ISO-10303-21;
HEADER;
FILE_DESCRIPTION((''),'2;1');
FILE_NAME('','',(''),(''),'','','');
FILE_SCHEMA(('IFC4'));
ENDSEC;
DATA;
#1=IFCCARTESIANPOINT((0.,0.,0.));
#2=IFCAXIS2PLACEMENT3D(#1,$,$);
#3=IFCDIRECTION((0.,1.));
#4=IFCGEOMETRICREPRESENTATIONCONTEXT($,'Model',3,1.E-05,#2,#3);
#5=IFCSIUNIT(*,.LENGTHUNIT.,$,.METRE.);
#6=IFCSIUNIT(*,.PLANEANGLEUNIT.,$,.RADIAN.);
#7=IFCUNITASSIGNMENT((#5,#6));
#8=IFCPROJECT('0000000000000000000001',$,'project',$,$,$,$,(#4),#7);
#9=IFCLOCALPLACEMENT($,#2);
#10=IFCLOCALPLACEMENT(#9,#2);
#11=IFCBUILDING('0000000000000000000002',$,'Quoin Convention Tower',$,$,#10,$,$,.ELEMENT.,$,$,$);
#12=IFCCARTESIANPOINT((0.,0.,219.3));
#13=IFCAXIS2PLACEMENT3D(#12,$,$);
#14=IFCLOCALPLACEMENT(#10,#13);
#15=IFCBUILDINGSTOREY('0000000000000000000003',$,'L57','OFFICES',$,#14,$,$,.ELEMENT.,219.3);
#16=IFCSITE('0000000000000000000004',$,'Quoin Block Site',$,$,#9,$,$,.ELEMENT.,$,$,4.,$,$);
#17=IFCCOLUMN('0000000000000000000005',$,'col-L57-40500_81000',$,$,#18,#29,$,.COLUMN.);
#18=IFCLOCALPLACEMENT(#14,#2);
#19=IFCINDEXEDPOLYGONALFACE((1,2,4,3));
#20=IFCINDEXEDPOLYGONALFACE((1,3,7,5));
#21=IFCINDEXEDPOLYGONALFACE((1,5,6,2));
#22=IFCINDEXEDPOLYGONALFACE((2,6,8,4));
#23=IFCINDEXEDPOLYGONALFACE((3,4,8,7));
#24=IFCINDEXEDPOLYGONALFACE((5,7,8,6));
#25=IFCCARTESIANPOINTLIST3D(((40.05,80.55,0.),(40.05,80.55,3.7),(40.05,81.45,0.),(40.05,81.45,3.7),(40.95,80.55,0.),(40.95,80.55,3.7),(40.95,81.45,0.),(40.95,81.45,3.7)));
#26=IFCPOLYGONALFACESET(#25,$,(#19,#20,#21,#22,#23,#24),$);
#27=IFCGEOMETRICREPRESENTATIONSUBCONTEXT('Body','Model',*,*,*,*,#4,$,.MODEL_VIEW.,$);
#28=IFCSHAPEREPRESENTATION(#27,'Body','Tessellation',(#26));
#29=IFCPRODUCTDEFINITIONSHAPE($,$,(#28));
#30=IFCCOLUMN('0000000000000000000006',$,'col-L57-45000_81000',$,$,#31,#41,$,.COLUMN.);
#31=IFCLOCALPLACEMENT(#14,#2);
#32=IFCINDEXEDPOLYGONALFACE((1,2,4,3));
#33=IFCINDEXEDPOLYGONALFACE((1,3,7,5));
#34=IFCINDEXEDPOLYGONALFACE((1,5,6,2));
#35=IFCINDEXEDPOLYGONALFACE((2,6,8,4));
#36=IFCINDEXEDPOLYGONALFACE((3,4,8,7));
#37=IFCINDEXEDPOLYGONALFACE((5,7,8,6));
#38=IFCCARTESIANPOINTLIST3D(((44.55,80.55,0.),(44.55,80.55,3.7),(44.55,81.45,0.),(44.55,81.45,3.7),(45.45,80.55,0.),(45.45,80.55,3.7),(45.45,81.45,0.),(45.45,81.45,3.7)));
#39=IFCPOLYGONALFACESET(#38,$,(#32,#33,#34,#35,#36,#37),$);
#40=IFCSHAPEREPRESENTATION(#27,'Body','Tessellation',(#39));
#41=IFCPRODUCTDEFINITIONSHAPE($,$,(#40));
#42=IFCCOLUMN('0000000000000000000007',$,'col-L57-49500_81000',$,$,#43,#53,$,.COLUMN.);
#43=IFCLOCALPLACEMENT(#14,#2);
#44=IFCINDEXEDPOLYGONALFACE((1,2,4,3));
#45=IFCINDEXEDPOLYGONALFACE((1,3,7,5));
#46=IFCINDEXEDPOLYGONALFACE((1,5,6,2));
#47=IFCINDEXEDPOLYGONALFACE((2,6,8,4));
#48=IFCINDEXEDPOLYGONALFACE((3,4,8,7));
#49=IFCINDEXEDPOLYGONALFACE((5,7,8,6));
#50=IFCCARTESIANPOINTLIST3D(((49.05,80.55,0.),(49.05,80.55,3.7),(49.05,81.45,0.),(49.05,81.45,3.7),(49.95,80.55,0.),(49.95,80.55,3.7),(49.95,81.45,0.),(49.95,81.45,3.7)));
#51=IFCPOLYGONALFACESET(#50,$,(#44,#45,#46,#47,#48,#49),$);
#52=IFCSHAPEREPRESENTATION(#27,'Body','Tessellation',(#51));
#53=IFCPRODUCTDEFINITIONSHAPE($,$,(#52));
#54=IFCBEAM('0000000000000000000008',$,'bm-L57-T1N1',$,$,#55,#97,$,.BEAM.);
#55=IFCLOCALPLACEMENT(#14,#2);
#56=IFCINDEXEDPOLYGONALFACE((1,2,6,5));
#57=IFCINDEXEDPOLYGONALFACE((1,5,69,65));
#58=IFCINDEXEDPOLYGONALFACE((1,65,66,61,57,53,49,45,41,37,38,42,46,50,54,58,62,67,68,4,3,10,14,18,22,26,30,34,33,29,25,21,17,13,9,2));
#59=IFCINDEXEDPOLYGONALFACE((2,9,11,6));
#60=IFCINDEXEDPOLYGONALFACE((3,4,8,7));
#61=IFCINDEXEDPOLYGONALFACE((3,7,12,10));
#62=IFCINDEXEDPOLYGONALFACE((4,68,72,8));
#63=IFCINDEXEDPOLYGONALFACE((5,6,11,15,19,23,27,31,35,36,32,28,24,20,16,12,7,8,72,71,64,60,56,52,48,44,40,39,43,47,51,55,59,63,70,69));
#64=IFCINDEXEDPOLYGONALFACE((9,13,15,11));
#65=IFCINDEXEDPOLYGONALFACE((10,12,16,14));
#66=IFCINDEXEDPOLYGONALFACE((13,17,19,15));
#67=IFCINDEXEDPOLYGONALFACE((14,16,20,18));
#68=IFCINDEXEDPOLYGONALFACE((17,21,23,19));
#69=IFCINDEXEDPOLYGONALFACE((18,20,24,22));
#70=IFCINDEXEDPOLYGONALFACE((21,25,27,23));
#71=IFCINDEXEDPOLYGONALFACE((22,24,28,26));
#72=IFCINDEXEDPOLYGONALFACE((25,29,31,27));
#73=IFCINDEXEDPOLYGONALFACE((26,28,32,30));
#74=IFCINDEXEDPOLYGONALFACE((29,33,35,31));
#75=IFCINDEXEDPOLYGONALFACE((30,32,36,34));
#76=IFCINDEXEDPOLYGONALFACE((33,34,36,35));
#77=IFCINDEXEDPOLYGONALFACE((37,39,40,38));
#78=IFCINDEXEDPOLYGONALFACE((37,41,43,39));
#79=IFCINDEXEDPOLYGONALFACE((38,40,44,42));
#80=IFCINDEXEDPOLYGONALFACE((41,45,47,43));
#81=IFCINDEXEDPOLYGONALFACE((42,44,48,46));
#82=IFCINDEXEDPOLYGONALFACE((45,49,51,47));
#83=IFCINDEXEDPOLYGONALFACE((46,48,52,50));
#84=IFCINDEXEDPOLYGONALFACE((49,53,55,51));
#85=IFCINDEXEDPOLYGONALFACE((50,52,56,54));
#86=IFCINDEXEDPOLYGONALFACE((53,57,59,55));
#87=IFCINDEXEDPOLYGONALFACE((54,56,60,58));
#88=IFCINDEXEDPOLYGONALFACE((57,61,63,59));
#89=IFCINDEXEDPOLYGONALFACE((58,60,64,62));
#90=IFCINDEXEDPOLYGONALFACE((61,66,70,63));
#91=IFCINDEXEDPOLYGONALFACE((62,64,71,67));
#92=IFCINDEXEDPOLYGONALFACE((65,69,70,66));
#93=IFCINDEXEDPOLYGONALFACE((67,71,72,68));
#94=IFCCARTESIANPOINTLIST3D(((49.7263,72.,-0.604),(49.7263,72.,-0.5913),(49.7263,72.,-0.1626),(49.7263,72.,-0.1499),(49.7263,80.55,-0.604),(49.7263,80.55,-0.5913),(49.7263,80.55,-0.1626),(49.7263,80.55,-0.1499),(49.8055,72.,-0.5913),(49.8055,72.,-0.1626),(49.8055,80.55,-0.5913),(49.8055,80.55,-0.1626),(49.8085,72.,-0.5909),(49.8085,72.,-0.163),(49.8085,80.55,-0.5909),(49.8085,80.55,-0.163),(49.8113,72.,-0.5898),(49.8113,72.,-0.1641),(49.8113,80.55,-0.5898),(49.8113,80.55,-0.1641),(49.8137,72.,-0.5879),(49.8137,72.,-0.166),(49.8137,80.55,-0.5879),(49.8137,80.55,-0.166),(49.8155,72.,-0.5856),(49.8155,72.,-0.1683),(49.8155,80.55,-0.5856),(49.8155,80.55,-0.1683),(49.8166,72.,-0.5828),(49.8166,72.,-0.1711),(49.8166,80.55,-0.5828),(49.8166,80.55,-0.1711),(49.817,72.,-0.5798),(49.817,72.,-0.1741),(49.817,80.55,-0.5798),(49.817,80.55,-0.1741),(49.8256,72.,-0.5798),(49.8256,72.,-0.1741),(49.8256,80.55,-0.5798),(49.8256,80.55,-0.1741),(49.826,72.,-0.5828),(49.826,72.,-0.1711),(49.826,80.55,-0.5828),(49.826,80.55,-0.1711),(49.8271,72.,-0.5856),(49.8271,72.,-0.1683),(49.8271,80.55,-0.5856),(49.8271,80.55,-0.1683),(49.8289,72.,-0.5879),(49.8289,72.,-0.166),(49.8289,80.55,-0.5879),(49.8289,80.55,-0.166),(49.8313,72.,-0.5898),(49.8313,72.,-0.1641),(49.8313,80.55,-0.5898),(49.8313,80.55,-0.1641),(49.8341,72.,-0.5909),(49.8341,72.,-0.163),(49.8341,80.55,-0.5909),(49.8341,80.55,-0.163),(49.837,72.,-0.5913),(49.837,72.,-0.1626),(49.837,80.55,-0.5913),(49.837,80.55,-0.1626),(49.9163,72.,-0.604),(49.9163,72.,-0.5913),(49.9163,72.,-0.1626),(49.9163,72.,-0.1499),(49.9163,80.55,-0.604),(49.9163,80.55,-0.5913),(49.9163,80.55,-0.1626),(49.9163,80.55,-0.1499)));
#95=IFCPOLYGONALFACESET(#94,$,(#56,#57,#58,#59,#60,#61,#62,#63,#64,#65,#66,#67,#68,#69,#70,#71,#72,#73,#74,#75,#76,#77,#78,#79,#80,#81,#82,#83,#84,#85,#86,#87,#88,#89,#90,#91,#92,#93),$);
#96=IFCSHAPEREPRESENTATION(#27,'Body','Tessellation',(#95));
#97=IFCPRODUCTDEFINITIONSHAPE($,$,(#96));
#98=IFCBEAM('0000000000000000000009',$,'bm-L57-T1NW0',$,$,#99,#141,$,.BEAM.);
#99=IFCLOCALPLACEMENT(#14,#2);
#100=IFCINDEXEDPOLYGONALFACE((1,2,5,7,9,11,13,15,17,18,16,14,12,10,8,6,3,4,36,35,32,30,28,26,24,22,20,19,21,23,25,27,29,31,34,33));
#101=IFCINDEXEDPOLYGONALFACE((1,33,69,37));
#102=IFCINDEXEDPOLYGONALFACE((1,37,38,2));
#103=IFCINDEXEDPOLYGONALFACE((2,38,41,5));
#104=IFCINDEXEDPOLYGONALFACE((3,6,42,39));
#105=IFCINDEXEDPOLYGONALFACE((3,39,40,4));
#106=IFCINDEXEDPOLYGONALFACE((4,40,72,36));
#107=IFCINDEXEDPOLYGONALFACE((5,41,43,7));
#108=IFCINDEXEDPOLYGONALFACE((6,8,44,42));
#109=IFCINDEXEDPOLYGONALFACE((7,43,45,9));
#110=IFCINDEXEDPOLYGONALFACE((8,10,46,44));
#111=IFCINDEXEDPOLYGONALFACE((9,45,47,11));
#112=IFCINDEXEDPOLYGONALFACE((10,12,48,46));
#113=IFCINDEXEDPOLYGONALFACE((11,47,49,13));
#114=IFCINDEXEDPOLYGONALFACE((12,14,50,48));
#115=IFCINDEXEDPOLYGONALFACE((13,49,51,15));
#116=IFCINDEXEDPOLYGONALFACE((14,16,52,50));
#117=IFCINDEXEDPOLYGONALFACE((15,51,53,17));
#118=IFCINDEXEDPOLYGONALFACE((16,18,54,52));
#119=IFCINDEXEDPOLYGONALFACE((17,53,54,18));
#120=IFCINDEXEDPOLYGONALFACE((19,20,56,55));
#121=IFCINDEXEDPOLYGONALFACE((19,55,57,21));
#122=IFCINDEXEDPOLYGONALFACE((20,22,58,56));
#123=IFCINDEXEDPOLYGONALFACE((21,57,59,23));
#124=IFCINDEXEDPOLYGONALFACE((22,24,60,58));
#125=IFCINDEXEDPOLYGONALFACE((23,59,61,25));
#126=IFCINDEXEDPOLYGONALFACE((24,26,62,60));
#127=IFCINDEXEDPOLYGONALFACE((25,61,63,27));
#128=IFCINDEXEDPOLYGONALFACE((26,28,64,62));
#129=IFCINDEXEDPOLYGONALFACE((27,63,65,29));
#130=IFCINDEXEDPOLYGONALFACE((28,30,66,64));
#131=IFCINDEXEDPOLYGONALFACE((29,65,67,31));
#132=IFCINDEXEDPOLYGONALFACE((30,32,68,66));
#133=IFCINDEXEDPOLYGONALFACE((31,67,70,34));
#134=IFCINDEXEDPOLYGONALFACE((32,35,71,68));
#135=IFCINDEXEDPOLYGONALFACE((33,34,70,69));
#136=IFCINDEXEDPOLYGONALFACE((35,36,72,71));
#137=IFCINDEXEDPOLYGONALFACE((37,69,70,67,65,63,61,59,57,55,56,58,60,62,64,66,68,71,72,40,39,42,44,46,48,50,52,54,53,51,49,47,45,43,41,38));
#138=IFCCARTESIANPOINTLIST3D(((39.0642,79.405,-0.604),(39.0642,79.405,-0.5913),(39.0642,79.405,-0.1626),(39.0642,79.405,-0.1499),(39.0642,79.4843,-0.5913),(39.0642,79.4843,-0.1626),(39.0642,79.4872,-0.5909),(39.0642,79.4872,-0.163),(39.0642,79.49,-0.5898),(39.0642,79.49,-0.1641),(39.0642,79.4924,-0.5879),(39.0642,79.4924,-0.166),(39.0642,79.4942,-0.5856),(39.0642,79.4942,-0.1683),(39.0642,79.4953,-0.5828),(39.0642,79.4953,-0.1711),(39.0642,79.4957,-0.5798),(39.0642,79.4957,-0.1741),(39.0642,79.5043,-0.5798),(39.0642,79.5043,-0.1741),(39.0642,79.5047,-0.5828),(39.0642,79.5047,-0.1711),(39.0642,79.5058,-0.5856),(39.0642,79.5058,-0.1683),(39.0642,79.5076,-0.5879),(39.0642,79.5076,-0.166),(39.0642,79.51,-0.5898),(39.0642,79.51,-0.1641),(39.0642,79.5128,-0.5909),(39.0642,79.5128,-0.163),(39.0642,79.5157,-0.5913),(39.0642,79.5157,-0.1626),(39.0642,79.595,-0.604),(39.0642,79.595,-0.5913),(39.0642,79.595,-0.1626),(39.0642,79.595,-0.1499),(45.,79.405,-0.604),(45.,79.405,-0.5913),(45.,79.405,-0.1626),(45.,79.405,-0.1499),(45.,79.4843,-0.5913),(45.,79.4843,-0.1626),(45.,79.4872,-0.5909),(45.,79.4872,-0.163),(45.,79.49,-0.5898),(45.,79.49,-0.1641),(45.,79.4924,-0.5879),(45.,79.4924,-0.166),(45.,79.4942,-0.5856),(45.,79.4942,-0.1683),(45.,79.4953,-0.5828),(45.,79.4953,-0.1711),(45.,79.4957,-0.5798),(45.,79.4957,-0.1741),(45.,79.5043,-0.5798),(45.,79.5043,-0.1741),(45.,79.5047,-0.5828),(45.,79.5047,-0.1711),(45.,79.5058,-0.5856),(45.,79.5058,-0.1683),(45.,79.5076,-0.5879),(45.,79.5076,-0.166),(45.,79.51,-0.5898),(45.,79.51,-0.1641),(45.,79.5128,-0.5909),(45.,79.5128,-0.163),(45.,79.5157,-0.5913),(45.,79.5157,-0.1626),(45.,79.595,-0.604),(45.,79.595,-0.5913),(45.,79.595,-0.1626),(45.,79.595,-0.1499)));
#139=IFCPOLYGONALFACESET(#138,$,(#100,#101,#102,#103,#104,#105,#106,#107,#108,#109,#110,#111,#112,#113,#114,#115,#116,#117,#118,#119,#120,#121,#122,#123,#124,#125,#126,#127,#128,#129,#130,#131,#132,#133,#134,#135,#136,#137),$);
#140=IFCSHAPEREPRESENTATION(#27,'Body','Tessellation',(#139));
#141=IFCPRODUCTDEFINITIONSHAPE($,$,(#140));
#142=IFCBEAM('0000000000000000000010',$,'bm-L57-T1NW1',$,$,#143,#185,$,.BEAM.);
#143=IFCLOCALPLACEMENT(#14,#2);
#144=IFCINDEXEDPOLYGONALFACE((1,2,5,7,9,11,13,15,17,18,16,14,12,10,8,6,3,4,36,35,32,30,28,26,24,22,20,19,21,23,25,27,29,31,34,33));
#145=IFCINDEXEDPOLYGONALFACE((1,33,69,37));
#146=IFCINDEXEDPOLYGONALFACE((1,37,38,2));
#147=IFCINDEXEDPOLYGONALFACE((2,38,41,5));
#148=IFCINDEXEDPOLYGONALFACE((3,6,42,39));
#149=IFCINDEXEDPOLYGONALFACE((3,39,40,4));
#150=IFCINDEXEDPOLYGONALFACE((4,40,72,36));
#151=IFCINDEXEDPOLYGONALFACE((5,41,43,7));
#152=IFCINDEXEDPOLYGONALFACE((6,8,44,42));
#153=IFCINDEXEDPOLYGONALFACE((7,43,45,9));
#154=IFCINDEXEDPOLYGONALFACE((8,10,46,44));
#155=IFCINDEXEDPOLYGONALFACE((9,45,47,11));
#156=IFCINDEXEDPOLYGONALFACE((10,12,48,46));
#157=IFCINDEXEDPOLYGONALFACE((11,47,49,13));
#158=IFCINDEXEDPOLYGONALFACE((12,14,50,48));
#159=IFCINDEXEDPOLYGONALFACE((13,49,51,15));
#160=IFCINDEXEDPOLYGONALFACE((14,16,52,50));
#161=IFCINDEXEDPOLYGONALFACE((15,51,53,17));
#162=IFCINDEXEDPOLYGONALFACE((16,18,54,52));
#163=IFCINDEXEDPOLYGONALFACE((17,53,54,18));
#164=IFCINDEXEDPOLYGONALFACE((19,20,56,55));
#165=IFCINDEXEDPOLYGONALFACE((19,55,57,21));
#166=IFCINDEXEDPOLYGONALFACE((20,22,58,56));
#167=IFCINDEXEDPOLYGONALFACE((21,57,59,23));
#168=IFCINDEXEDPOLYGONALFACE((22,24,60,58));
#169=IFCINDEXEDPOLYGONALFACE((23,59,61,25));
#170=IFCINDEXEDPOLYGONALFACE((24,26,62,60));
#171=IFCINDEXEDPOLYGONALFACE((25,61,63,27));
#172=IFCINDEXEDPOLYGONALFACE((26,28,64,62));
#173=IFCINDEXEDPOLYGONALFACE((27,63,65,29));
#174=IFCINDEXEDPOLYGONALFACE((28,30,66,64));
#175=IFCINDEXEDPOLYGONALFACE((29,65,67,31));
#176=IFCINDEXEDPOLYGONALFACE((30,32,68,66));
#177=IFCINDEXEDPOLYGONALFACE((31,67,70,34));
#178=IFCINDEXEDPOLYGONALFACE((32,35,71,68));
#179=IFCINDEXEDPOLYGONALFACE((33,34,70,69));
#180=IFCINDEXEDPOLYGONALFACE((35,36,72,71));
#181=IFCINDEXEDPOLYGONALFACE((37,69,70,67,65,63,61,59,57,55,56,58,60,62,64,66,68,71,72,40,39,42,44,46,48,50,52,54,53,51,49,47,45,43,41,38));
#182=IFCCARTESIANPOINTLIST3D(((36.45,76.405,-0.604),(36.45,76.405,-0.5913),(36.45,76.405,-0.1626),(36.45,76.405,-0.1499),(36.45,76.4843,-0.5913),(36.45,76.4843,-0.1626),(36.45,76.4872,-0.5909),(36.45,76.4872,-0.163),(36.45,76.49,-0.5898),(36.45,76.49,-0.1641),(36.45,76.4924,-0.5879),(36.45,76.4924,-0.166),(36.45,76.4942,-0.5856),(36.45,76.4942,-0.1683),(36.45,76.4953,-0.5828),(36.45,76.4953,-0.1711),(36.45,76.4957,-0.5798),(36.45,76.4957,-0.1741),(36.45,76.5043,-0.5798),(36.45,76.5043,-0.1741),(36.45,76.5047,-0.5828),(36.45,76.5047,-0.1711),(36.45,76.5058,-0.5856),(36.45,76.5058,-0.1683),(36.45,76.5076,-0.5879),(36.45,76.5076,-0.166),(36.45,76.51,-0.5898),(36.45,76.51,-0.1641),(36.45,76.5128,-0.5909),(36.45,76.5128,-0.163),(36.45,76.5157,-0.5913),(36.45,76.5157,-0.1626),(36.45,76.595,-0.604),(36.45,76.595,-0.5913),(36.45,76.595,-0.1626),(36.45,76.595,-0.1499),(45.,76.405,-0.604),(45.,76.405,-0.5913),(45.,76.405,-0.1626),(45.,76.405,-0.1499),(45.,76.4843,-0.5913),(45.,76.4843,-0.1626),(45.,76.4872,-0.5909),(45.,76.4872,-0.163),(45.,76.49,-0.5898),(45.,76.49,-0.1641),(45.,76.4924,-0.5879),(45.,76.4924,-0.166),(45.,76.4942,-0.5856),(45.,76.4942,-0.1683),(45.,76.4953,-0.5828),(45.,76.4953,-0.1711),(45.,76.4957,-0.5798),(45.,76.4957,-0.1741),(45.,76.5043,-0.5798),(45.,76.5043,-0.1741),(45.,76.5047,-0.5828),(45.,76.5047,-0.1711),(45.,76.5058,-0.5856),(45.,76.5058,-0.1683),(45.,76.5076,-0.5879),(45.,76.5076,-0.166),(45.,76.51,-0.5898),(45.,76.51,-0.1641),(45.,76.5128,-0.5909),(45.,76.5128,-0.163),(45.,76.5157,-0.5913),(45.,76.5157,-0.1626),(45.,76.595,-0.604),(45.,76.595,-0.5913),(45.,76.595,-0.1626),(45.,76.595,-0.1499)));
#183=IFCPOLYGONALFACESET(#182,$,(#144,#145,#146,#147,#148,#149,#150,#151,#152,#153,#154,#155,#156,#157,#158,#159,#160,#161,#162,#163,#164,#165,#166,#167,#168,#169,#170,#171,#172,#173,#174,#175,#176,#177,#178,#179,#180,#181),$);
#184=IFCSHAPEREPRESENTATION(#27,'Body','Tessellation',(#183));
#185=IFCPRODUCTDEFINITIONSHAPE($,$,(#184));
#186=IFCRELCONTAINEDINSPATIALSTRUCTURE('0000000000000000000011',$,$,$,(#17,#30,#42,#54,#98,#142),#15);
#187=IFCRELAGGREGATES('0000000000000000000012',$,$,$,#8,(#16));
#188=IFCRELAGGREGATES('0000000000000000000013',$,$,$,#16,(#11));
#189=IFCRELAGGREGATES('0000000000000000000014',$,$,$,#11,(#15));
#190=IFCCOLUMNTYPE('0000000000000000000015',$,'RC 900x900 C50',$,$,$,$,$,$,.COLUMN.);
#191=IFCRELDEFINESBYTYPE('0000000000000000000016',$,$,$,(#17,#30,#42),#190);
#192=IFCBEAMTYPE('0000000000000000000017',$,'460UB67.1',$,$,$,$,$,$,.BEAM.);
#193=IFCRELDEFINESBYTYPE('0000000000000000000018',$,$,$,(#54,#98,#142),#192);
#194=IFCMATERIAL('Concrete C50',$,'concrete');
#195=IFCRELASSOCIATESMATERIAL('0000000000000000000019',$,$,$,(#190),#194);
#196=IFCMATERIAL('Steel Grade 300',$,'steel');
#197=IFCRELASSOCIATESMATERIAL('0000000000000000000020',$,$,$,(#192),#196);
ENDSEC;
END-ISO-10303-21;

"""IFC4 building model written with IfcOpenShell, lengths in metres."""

from ifc_helpers import new_model, si_unit, direction, frame, origin, origin_2d, place, context, subcontext, project, spatial, rectangle, i_section, extrude, material, material_profile, profile_set, type_object, element, save


model = new_model("IFC4")

# Units and contexts
model_context = context("Model", 3, precision=1e-05, world=origin(), true_north=direction((0.0, 1.0)))
body_context = subcontext(model_context, "Body", "Model", "MODEL_VIEW")
ifc_project = project(units=[si_unit("LENGTHUNIT", "METRE"), si_unit("PLANEANGLEUNIT", "RADIAN")], contexts=[model_context])

# Site, building, storey
site_placement = place(None, origin())
site = spatial("IfcSite", under=ifc_project, at=site_placement, Name="Quoin Block Site", CompositionType="ELEMENT", RefElevation=4.0)
building_placement = place(site_placement, origin())
building = spatial("IfcBuilding", under=site, at=building_placement, Name="Quoin Convention Tower", CompositionType="ELEMENT")
storey_placement = place(building_placement, frame((0.0, 0.0, 219.3)))
storey = spatial("IfcBuildingStorey", under=building, at=storey_placement, Name="L57", Description="OFFICES", CompositionType="ELEMENT", Elevation=219.3)

# Columns
ifc_material_1 = material(Name="Concrete C50", Category="concrete")
ifc_material_profile_1 = material_profile(ifc_material_1, rectangle(XDim=0.8999, YDim=0.8999, at=origin_2d()), Name="RC 900x900")
ifc_profile_set_1 = profile_set([ifc_material_profile_1], Name="Concrete C50")
column_type = type_object("IfcColumnType", Name="RC 900x900 C50", PredefinedType="COLUMN", material=ifc_profile_set_1)
for number, where, z_axis, x_axis, name in (
    (1, (40.5, 81.0, 0.0), (0.0, 0.0, 1.0), (1.0, 0.0, 0.0), "col-L57-40500_81000"),
    (2, (45.0, 81.0, 0.0), (0.0, 0.0, 1.0), (1.0, 0.0, 0.0), "col-L57-45000_81000"),
    (3, (49.5, 81.0, 0.0), (0.0, 0.0, 1.0), (1.0, 0.0, 0.0), "col-L57-49500_81000"),
):
    element("IfcColumn", number, at=place(storey_placement, frame(where, z_axis=z_axis, x_axis=x_axis)), inside=storey, type_object=column_type, Name=name, PredefinedType="COLUMN", context=body_context, shape_type="SweptSolid", body=[
        extrude(rectangle(XDim=0.8999, YDim=0.8999, at=origin_2d()), origin(), (0.0, 0.0, 1.0), 3.7),
    ])

# Beams
ifc_material_2 = material(Name="Steel Grade 300", Category="steel")
ifc_material_profile_2 = material_profile(ifc_material_2, i_section(OverallWidth=0.1899, OverallDepth=0.4541, WebThickness=0.0085, FlangeThickness=0.0127, FilletRadius=0.0115, at=origin_2d()), Name="460UB67.1")
ifc_profile_set_2 = profile_set([ifc_material_profile_2], Name="Steel Grade 300")
beam_type_1 = type_object("IfcBeamType", Name="460UB67.1", PredefinedType="BEAM", material=ifc_profile_set_2)
beam_1_placement = place(storey_placement, frame((49.8213, 72.0, -0.377), z_axis=(0.0, 1.0, 0.0), x_axis=(-1.0, 0.0, 0.0)))
element("IfcBeam", 4, at=beam_1_placement, inside=storey, type_object=beam_type_1, Name="bm-L57-T1N1", PredefinedType="BEAM", context=body_context, shape_type="SweptSolid", body=[
    extrude(i_section(OverallWidth=0.1899, OverallDepth=0.4541, WebThickness=0.0085, FlangeThickness=0.0127, FilletRadius=0.0115, at=origin_2d()), origin(), (0.0, 0.0, 1.0), 8.55),
])
beam_2_placement = place(storey_placement, frame((39.0642, 79.5, -0.377), z_axis=(1.0, 0.0, 0.0), x_axis=(0.0, 1.0, 0.0)))
element("IfcBeam", 5, at=beam_2_placement, inside=storey, type_object=beam_type_1, Name="bm-L57-T1NW0", PredefinedType="BEAM", context=body_context, shape_type="SweptSolid", body=[
    extrude(i_section(OverallWidth=0.1899, OverallDepth=0.4541, WebThickness=0.0085, FlangeThickness=0.0127, FilletRadius=0.0115, at=origin_2d()), origin(), (0.0, 0.0, 1.0), 5.9358),
])
beam_3_placement = place(storey_placement, frame((36.45, 76.5, -0.377), z_axis=(1.0, 0.0, 0.0), x_axis=(0.0, 1.0, 0.0)))
element("IfcBeam", 6, at=beam_3_placement, inside=storey, type_object=beam_type_1, Name="bm-L57-T1NW1", PredefinedType="BEAM", context=body_context, shape_type="SweptSolid", body=[
    extrude(i_section(OverallWidth=0.1899, OverallDepth=0.4541, WebThickness=0.0085, FlangeThickness=0.0127, FilletRadius=0.0115, at=origin_2d()), origin(), (0.0, 0.0, 1.0), 8.55),
])

save(model, "model.ifc")
